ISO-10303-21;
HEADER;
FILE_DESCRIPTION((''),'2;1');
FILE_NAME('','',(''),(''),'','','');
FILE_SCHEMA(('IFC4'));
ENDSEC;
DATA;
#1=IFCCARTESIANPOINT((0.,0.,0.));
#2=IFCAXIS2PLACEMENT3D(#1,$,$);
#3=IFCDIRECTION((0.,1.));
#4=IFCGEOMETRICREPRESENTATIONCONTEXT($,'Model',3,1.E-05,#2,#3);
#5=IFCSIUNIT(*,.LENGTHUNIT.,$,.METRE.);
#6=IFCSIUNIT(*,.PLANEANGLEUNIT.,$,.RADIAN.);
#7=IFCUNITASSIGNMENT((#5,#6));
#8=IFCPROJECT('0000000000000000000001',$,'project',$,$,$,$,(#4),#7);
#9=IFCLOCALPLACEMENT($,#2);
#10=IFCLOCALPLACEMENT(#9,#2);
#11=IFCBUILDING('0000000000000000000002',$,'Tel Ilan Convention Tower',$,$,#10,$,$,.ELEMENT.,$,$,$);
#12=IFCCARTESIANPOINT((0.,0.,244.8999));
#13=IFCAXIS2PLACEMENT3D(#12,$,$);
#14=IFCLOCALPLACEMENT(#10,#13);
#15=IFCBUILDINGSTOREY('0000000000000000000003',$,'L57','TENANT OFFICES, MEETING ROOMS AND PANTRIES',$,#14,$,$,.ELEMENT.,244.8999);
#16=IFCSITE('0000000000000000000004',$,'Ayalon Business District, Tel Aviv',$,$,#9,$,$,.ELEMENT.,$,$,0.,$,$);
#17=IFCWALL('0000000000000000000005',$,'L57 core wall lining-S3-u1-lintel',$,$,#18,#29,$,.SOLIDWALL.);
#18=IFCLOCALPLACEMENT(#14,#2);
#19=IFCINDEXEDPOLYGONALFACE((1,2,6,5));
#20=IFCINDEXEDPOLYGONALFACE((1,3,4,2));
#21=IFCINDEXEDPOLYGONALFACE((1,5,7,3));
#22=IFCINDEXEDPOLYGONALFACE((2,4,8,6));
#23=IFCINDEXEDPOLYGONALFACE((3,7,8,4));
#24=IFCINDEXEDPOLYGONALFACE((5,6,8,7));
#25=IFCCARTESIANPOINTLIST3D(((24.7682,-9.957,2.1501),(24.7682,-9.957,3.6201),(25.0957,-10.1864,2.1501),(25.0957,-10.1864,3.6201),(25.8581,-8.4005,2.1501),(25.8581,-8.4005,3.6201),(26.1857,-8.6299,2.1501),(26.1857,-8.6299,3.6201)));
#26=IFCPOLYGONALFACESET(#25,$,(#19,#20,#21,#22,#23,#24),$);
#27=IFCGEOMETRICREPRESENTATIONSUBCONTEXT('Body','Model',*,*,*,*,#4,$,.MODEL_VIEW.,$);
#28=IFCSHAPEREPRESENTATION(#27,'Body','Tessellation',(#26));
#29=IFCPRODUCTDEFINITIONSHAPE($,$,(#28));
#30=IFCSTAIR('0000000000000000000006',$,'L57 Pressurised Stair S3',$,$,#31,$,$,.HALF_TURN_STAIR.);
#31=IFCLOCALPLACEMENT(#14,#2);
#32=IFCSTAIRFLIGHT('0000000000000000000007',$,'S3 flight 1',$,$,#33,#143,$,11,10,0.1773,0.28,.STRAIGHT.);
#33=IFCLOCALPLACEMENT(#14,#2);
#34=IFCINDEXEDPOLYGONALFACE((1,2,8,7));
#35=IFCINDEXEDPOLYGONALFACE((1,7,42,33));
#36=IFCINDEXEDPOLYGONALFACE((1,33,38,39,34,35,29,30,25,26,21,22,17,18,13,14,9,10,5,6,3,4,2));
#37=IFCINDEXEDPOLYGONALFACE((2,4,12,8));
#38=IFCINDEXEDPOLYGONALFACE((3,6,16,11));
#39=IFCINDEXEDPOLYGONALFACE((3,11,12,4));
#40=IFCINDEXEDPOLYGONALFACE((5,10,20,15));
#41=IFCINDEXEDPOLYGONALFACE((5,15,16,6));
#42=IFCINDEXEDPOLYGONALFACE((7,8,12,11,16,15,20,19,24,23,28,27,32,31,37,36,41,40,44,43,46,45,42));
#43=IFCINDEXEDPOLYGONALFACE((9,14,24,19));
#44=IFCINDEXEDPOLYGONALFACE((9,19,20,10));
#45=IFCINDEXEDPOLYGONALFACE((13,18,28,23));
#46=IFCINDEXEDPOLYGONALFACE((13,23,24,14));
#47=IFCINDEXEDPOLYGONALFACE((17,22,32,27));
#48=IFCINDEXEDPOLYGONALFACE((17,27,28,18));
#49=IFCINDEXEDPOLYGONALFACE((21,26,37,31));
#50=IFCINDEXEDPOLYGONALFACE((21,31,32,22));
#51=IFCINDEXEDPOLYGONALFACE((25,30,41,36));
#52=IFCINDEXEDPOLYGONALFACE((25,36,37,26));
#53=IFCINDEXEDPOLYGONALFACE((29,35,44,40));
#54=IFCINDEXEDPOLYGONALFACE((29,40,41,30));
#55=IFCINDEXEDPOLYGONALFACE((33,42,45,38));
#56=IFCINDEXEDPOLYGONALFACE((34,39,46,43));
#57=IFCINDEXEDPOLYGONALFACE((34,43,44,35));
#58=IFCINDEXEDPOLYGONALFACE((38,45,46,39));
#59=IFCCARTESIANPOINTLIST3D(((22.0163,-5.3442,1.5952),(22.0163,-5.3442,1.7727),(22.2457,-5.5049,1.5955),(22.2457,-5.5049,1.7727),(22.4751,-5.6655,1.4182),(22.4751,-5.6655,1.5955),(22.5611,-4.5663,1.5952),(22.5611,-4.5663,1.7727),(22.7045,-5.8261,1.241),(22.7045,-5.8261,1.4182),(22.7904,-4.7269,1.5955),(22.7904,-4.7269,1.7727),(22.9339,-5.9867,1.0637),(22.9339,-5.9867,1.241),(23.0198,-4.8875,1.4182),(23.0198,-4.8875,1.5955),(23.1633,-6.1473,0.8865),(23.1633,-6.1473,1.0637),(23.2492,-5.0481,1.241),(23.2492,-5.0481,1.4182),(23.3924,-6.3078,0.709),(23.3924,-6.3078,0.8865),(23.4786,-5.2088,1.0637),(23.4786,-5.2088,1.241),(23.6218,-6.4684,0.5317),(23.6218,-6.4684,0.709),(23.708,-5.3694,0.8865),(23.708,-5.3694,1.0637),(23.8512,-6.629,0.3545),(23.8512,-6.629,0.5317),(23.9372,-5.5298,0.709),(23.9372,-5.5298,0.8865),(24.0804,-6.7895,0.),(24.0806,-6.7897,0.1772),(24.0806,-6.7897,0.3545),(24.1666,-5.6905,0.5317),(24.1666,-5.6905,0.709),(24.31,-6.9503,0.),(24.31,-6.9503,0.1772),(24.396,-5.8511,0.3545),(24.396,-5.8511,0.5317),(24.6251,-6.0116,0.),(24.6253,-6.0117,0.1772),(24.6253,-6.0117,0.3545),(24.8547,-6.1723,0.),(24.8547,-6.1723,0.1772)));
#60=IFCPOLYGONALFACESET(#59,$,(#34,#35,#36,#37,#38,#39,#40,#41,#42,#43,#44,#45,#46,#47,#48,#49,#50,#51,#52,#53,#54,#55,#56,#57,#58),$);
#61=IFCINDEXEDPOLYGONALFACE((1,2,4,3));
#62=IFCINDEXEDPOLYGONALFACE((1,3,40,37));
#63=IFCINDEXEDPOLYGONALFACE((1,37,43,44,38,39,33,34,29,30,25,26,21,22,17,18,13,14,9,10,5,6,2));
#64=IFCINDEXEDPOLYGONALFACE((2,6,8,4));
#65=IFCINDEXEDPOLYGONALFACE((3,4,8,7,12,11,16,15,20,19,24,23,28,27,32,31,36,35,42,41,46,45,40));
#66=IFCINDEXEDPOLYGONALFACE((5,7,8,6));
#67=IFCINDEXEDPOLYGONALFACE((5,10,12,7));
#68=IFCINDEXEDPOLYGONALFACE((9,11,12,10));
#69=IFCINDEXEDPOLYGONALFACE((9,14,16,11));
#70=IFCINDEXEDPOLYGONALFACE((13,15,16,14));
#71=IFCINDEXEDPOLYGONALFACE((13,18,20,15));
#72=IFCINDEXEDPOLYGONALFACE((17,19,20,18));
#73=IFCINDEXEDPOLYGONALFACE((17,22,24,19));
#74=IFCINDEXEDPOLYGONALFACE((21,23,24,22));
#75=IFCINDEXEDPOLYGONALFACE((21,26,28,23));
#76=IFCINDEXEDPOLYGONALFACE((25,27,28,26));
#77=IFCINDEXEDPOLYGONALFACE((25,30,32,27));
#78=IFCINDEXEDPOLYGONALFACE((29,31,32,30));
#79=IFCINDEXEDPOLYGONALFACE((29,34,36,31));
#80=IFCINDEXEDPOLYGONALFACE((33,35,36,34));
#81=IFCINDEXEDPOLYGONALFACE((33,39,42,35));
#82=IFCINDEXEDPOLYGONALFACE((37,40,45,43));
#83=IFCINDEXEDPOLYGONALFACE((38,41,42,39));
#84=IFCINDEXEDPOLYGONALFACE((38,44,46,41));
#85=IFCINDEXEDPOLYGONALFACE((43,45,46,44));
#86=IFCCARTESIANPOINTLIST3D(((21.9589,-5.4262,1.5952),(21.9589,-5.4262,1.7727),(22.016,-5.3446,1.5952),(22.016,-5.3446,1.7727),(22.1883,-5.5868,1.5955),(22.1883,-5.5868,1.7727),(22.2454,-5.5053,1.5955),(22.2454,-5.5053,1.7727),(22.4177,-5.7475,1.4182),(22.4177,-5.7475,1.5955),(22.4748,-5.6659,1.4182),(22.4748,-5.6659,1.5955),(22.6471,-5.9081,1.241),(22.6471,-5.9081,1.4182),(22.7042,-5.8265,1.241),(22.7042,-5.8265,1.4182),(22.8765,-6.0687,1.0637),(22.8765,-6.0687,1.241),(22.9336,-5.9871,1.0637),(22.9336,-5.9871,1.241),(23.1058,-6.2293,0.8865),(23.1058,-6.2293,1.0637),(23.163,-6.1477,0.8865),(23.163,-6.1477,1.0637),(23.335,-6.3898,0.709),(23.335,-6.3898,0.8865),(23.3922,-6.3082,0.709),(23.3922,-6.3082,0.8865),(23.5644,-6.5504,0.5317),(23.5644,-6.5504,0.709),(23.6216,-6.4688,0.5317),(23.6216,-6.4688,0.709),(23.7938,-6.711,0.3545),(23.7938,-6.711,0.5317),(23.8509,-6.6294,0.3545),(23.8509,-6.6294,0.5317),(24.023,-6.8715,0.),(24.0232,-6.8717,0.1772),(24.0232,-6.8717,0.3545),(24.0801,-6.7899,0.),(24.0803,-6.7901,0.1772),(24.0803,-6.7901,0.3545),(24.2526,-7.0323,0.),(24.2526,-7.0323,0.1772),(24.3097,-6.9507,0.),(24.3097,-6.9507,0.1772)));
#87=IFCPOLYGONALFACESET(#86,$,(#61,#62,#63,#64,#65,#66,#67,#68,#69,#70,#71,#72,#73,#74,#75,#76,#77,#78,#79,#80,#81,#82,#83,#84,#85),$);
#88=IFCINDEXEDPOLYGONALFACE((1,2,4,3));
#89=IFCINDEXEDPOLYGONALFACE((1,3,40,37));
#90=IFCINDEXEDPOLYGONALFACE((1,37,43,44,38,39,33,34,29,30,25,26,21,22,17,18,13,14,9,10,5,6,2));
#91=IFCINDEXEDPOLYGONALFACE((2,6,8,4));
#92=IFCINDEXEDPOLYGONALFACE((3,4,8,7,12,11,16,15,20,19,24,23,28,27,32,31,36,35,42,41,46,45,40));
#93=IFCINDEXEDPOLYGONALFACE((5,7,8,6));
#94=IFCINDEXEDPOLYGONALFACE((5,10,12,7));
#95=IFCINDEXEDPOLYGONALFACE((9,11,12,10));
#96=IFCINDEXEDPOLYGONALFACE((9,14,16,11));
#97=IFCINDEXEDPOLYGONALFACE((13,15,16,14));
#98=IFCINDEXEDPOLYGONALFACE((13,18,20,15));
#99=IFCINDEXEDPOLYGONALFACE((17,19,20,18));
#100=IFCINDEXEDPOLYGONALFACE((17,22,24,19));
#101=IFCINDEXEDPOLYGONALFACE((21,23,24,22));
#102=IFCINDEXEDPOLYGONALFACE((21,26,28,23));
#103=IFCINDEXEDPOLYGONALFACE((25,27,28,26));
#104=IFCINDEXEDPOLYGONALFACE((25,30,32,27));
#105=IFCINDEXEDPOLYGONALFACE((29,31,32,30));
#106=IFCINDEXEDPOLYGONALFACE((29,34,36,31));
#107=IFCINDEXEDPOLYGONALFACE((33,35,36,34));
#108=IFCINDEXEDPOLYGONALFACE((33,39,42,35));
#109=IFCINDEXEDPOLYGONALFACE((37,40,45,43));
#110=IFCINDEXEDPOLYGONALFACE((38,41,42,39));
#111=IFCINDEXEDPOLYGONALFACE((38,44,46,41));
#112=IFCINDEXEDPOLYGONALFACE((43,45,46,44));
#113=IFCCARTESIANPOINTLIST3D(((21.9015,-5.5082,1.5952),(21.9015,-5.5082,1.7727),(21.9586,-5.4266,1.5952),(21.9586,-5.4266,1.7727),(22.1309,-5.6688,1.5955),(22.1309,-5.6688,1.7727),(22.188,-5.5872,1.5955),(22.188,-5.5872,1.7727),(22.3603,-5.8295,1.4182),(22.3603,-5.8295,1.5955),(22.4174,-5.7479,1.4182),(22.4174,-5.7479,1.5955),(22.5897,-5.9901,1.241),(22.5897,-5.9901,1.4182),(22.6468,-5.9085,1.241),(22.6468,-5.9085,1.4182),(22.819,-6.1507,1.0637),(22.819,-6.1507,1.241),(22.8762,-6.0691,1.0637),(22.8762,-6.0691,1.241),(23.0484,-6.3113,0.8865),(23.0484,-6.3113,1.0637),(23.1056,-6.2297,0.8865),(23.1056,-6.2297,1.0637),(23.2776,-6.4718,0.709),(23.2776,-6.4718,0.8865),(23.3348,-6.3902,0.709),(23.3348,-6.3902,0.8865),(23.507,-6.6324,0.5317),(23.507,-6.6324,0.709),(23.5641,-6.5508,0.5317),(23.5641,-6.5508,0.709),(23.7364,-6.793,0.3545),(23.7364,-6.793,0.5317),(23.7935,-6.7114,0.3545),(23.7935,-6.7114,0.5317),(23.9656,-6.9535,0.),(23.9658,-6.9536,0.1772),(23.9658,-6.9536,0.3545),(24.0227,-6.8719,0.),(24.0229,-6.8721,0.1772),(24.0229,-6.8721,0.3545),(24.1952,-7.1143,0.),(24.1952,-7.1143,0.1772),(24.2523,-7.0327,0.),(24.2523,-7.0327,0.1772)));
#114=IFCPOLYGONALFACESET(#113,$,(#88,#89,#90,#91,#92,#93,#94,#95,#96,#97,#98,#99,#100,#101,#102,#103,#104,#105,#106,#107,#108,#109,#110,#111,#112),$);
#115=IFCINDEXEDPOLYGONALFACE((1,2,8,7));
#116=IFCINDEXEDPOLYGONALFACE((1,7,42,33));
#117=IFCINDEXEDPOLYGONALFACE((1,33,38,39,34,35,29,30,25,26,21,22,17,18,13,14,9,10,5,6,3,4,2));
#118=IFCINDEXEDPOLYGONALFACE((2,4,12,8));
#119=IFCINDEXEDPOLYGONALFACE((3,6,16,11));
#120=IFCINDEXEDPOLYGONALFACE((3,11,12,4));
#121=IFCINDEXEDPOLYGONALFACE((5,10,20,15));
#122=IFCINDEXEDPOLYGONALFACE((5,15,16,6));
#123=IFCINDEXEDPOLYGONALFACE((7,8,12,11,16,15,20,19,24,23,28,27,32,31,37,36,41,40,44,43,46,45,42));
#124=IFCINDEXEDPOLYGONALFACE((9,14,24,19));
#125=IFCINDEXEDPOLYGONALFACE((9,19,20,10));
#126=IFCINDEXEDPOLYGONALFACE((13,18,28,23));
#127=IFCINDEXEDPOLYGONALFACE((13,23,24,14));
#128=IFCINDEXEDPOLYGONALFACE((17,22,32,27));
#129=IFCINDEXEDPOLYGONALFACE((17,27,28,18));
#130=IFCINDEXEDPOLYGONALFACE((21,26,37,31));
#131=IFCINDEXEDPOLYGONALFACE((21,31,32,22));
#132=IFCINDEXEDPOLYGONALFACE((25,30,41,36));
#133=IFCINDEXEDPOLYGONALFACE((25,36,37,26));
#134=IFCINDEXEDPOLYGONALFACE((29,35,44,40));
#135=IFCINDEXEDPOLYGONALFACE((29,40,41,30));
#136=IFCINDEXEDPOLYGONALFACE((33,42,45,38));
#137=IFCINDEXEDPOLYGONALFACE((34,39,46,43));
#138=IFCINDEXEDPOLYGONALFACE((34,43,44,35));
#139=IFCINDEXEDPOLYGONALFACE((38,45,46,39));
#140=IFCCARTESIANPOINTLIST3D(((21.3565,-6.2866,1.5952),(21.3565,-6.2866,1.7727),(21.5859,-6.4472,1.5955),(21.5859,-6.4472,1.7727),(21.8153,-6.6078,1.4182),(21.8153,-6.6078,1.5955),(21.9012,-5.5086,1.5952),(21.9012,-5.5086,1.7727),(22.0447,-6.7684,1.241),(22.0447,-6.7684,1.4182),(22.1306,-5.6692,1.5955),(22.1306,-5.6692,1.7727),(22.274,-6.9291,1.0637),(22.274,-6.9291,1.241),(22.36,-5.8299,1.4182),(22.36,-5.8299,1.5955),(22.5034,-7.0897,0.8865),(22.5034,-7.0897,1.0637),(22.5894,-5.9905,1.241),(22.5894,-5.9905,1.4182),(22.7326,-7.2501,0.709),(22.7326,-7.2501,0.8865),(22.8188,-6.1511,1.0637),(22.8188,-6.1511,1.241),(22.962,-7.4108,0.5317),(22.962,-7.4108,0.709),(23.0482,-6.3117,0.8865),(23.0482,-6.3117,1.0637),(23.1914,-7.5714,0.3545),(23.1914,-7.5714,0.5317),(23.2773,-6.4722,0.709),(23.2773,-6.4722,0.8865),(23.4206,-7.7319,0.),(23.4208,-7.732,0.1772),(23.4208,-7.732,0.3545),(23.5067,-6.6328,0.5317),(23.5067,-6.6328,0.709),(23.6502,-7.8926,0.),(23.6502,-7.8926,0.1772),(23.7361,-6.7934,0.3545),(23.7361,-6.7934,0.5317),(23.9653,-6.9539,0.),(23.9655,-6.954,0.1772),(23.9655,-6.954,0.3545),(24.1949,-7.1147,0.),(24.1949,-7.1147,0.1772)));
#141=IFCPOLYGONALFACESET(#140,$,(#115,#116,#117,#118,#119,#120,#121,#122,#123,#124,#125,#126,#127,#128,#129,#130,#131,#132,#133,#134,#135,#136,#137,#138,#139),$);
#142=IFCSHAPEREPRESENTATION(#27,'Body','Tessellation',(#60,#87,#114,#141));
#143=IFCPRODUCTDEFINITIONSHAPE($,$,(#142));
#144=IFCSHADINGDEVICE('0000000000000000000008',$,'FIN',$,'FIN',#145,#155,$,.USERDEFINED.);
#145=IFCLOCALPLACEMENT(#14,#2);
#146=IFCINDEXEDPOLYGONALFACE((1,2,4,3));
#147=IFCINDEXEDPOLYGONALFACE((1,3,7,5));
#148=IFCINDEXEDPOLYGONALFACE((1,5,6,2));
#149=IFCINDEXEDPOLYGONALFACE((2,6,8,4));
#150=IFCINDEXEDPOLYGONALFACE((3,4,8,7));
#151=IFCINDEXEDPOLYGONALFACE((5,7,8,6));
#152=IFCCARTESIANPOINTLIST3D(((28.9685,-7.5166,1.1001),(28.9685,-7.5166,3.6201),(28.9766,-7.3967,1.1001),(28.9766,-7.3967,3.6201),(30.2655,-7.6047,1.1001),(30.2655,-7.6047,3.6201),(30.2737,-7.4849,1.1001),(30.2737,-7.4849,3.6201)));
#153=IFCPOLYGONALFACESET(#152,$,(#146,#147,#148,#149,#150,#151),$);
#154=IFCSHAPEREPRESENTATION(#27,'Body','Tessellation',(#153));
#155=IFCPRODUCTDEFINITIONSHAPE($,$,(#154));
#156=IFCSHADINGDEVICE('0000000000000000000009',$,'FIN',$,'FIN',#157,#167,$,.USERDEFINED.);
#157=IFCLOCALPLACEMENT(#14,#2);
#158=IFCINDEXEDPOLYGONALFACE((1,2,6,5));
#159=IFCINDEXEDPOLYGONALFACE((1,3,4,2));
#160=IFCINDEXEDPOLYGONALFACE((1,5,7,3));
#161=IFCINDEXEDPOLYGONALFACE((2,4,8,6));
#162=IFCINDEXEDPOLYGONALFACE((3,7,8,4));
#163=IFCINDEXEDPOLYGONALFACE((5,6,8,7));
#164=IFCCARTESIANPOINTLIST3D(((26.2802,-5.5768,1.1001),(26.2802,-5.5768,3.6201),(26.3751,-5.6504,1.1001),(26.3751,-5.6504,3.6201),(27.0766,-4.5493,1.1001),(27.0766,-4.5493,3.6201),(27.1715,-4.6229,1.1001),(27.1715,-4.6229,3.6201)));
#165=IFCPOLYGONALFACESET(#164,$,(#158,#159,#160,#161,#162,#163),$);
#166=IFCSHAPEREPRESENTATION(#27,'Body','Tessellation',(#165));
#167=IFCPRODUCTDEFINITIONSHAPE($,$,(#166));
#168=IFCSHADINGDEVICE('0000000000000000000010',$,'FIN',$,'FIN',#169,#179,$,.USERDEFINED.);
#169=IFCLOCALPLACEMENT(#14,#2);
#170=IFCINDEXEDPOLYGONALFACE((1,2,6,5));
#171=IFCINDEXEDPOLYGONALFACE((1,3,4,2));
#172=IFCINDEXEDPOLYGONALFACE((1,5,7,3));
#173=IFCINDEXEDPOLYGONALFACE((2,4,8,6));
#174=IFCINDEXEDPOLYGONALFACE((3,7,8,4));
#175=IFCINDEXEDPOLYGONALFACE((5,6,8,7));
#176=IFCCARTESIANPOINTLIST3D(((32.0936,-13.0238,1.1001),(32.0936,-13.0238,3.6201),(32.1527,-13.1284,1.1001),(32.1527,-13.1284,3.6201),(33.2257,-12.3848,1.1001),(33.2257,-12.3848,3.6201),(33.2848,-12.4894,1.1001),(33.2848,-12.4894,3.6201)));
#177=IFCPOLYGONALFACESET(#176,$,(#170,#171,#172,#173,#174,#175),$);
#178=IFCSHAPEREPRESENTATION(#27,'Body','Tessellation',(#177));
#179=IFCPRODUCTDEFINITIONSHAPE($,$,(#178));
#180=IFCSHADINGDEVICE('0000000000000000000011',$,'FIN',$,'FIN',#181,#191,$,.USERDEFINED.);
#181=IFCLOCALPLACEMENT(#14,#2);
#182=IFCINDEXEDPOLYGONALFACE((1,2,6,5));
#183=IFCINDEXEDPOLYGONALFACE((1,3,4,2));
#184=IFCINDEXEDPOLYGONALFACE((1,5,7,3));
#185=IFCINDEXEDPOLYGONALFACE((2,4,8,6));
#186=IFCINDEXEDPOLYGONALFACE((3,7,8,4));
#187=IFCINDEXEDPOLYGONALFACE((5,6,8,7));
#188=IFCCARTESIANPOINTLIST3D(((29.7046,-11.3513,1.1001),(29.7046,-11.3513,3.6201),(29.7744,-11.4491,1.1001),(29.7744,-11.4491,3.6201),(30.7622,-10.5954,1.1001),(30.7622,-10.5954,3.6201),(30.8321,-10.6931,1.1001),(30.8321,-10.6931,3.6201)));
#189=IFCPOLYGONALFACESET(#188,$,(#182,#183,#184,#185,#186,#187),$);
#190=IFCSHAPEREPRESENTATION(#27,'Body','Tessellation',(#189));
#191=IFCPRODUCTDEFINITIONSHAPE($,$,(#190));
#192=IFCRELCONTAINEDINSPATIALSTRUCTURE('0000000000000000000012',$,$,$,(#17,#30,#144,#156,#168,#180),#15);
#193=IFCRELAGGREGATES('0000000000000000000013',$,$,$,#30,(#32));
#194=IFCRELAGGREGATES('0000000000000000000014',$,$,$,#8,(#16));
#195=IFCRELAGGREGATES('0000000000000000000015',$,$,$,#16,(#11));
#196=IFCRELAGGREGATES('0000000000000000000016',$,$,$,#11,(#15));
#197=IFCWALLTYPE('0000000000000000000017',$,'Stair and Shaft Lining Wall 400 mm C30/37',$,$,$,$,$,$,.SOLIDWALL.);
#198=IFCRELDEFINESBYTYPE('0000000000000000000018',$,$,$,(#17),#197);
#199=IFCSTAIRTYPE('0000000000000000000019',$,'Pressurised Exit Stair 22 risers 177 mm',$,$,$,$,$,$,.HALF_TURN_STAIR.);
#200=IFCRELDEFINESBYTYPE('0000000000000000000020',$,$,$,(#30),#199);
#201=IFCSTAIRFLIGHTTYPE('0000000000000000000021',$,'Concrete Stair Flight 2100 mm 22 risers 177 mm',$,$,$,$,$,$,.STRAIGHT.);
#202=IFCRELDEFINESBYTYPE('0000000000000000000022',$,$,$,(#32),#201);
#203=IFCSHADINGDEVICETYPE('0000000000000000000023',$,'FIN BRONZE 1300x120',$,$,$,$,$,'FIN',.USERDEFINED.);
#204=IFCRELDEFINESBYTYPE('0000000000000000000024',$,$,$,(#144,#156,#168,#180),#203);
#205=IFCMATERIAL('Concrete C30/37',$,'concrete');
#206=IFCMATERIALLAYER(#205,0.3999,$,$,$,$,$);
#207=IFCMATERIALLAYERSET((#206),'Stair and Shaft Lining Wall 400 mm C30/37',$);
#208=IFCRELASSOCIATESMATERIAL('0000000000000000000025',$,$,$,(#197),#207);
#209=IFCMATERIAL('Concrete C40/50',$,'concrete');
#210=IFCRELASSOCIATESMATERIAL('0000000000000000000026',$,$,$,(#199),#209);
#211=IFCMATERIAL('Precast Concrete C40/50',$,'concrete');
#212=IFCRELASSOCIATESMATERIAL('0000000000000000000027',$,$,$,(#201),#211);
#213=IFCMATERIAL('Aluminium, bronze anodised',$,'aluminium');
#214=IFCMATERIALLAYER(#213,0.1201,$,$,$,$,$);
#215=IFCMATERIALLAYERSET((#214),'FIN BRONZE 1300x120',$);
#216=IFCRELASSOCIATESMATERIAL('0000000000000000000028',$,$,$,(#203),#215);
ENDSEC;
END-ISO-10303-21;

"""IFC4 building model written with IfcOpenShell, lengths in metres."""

from ifc_helpers import new_model, si_unit, direction, frame, frame_2d, origin, origin_2d, place, context, subcontext, project, spatial, polyline, rectangle, outline, extrude, material, layer, layer_set, type_object, element, aggregate, save


model = new_model("IFC4")

# Units and contexts
model_context = context("Model", 3, precision=1e-05, world=origin(), true_north=direction((0.0, 1.0)))
body_context = subcontext(model_context, "Body", "Model", "MODEL_VIEW")
ifc_project = project(units=[si_unit("LENGTHUNIT", "METRE"), si_unit("PLANEANGLEUNIT", "RADIAN")], contexts=[model_context])

# Site, building, storey
site_placement = place(None, origin())
site = spatial("IfcSite", under=ifc_project, at=site_placement, Name="Ayalon Business District, Tel Aviv", CompositionType="ELEMENT", RefElevation=0.0)
building_placement = place(site_placement, origin())
building = spatial("IfcBuilding", under=site, at=building_placement, Name="Tel Ilan Convention Tower", CompositionType="ELEMENT")
storey_placement = place(building_placement, frame((0.0, 0.0, 244.8999)))
storey = spatial("IfcBuildingStorey", under=building, at=storey_placement, Name="L57", Description="TENANT OFFICES, MEETING ROOMS AND PANTRIES", CompositionType="ELEMENT", Elevation=244.8999)

# Wall
ifc_material_1 = material(Name="Concrete C30/37", Category="concrete")
ifc_layer_1 = layer(ifc_material_1, 0.3999)
ifc_layer_set_1 = layer_set([ifc_layer_1], Name="Stair and Shaft Lining Wall 400 mm C30/37")
wall_type = type_object("IfcWallType", Name="Stair and Shaft Lining Wall 400 mm C30/37", PredefinedType="SOLIDWALL", material=ifc_layer_set_1)
wall_1_placement = place(storey_placement, frame((24.9319, -10.0718, 2.1501), z_axis=(0.0, 0.0, 1.0), x_axis=(0.573592, 0.819141, 0.0)))
element("IfcWall", 1, at=wall_1_placement, inside=storey, type_object=wall_type, Name="L57 core wall lining-S3-u1-lintel", PredefinedType="SOLIDWALL", context=body_context, shape_type="SweptSolid", body=[
    extrude(rectangle(XDim=1.9001, YDim=0.3999, at=frame_2d((0.9502, 0.0))), origin(), (0.0, 0.0, 1.0), 1.47),
])

# Stair, stair flight
ifc_material_2 = material(Name="Concrete C40/50", Category="concrete")
stair_type = type_object("IfcStairType", Name="Pressurised Exit Stair 22 risers 177 mm", PredefinedType="HALF_TURN_STAIR", material=ifc_material_2)
stair_placement = place(storey_placement, origin())
stair = element("IfcStair", 2, at=stair_placement, inside=storey, type_object=stair_type, Name="L57 Pressurised Stair S3", PredefinedType="HALF_TURN_STAIR")
ifc_material_3 = material(Name="Precast Concrete C40/50", Category="concrete")
stair_flight_type = type_object("IfcStairFlightType", Name="Concrete Stair Flight 2100 mm 22 risers 177 mm", PredefinedType="STRAIGHT", material=ifc_material_3)
stair_flight_placement = place(storey_placement, frame((24.2524, -7.0325, 0.0), z_axis=(0.0, 0.0, 1.0), x_axis=(-0.819152, 0.573576, 0.0)))
stair_flight = element("IfcStairFlight", 3, at=stair_flight_placement, type_object=stair_flight_type, Name="S3 flight 1", NumberOfRisers=11, NumberOfTreads=10, PredefinedType="STRAIGHT", RiserHeight=0.1773, TreadLength=0.28, context=body_context, shape_type="SweptSolid", body=[
    extrude(outline(polyline([(0.0, 0.0), (0.0, 0.1772), (0.28, 0.1772), (0.28, 0.3545), (0.5601, 0.3545), (0.5601, 0.5317), (0.8401, 0.5317), (0.8401, 0.709), (1.1201, 0.709), (1.1201, 0.8865), (1.3999, 0.8865), (1.3999, 1.0637), (1.6799, 1.0637), (1.6799, 1.241), (1.96, 1.241), (1.96, 1.4182), (2.24, 1.4182), (2.24, 1.5955), (2.52, 1.5955), (2.52, 1.7727), (2.8, 1.7727), (2.8, 1.95), (2.8, 1.5952), (0.2803, 0.0), (0.0, 0.0)])), frame((0.0, -0.1003, 0.0), z_axis=(0.0, -1.0, 0.0), x_axis=(1.0, 0.0, 0.0)), (0.0, 0.0, 1.0), 0.9497),
    extrude(outline(polyline([(0.0, 0.0), (0.0, 0.1772), (0.28, 0.1772), (0.28, 0.3545), (0.5601, 0.3545), (0.5601, 0.5317), (0.8401, 0.5317), (0.8401, 0.709), (1.1201, 0.709), (1.1201, 0.8865), (1.3999, 0.8865), (1.3999, 1.0637), (1.6799, 1.0637), (1.6799, 1.241), (1.96, 1.241), (1.96, 1.4182), (2.24, 1.4182), (2.24, 1.5955), (2.52, 1.5955), (2.52, 1.7727), (2.8, 1.7727), (2.8, 1.95), (2.8, 1.5952), (0.2803, 0.0), (0.0, 0.0)])), frame((0.0, -0.0002, 0.0), z_axis=(0.0, -1.0, 0.0), x_axis=(1.0, 0.0, 0.0)), (0.0, 0.0, 1.0), 0.0996),
    extrude(outline(polyline([(0.0, 0.0), (0.0, 0.1772), (0.28, 0.1772), (0.28, 0.3545), (0.5601, 0.3545), (0.5601, 0.5317), (0.8401, 0.5317), (0.8401, 0.709), (1.1201, 0.709), (1.1201, 0.8865), (1.3999, 0.8865), (1.3999, 1.0637), (1.6799, 1.0637), (1.6799, 1.241), (1.96, 1.241), (1.96, 1.4182), (2.24, 1.4182), (2.24, 1.5955), (2.52, 1.5955), (2.52, 1.7727), (2.8, 1.7727), (2.8, 1.95), (2.8, 1.5952), (0.2803, 0.0), (0.0, 0.0)])), frame((0.0, 0.0999, 0.0), z_axis=(0.0, -1.0, 0.0), x_axis=(1.0, 0.0, 0.0)), (0.0, 0.0, 1.0), 0.0996),
    extrude(outline(polyline([(0.0, 0.0), (0.0, 0.1772), (0.28, 0.1772), (0.28, 0.3545), (0.5601, 0.3545), (0.5601, 0.5317), (0.8401, 0.5317), (0.8401, 0.709), (1.1201, 0.709), (1.1201, 0.8865), (1.3999, 0.8865), (1.3999, 1.0637), (1.6799, 1.0637), (1.6799, 1.241), (1.96, 1.241), (1.96, 1.4182), (2.24, 1.4182), (2.24, 1.5955), (2.52, 1.5955), (2.52, 1.7727), (2.8, 1.7727), (2.8, 1.95), (2.8, 1.5952), (0.2803, 0.0), (0.0, 0.0)])), frame((0.0, 1.05, 0.0), z_axis=(0.0, -1.0, 0.0), x_axis=(1.0, 0.0, 0.0)), (0.0, 0.0, 1.0), 0.9497),
])
aggregate(stair, [stair_flight])

# Shading devices
ifc_material_4 = material(Name="Aluminium, bronze anodised", Category="aluminium")
ifc_layer_2 = layer(ifc_material_4, 0.1201)
ifc_layer_set_2 = layer_set([ifc_layer_2], Name="FIN BRONZE 1300x120")
shading_device_type = type_object("IfcShadingDeviceType", Name="FIN BRONZE 1300x120", ElementType="FIN", PredefinedType="USERDEFINED", material=ifc_layer_set_2)
for number, where, z_axis, x_axis, name in (
    (4, (29.6211, -7.5007, 1.1001), (0.0, 0.0, 1.0), (0.997697, -0.067822, 0.0), "FIN"),
    (5, (26.7258, -5.0999, 1.1001), (0.0, 0.0, 1.0), (0.612601, 0.790393, 0.0), "FIN"),
    (6, (32.6892, -12.7566, 1.1001), (0.0, 0.0, 1.0), (0.870833, 0.491579, 0.0), "FIN"),
    (7, (30.2683, -11.0222, 1.1001), (0.0, 0.0, 1.0), (0.813552, 0.581492, 0.0), "FIN"),
):
    element("IfcShadingDevice", number, at=place(storey_placement, frame(where, z_axis=z_axis, x_axis=x_axis)), inside=storey, type_object=shading_device_type, Name=name, ObjectType="FIN", PredefinedType="USERDEFINED", context=body_context, shape_type="SweptSolid", body=[
        extrude(rectangle(XDim=1.3, YDim=0.1201, at=origin_2d()), origin(), (0.0, 0.0, 1.0), 2.52),
    ])

save(model, "model.ifc")
